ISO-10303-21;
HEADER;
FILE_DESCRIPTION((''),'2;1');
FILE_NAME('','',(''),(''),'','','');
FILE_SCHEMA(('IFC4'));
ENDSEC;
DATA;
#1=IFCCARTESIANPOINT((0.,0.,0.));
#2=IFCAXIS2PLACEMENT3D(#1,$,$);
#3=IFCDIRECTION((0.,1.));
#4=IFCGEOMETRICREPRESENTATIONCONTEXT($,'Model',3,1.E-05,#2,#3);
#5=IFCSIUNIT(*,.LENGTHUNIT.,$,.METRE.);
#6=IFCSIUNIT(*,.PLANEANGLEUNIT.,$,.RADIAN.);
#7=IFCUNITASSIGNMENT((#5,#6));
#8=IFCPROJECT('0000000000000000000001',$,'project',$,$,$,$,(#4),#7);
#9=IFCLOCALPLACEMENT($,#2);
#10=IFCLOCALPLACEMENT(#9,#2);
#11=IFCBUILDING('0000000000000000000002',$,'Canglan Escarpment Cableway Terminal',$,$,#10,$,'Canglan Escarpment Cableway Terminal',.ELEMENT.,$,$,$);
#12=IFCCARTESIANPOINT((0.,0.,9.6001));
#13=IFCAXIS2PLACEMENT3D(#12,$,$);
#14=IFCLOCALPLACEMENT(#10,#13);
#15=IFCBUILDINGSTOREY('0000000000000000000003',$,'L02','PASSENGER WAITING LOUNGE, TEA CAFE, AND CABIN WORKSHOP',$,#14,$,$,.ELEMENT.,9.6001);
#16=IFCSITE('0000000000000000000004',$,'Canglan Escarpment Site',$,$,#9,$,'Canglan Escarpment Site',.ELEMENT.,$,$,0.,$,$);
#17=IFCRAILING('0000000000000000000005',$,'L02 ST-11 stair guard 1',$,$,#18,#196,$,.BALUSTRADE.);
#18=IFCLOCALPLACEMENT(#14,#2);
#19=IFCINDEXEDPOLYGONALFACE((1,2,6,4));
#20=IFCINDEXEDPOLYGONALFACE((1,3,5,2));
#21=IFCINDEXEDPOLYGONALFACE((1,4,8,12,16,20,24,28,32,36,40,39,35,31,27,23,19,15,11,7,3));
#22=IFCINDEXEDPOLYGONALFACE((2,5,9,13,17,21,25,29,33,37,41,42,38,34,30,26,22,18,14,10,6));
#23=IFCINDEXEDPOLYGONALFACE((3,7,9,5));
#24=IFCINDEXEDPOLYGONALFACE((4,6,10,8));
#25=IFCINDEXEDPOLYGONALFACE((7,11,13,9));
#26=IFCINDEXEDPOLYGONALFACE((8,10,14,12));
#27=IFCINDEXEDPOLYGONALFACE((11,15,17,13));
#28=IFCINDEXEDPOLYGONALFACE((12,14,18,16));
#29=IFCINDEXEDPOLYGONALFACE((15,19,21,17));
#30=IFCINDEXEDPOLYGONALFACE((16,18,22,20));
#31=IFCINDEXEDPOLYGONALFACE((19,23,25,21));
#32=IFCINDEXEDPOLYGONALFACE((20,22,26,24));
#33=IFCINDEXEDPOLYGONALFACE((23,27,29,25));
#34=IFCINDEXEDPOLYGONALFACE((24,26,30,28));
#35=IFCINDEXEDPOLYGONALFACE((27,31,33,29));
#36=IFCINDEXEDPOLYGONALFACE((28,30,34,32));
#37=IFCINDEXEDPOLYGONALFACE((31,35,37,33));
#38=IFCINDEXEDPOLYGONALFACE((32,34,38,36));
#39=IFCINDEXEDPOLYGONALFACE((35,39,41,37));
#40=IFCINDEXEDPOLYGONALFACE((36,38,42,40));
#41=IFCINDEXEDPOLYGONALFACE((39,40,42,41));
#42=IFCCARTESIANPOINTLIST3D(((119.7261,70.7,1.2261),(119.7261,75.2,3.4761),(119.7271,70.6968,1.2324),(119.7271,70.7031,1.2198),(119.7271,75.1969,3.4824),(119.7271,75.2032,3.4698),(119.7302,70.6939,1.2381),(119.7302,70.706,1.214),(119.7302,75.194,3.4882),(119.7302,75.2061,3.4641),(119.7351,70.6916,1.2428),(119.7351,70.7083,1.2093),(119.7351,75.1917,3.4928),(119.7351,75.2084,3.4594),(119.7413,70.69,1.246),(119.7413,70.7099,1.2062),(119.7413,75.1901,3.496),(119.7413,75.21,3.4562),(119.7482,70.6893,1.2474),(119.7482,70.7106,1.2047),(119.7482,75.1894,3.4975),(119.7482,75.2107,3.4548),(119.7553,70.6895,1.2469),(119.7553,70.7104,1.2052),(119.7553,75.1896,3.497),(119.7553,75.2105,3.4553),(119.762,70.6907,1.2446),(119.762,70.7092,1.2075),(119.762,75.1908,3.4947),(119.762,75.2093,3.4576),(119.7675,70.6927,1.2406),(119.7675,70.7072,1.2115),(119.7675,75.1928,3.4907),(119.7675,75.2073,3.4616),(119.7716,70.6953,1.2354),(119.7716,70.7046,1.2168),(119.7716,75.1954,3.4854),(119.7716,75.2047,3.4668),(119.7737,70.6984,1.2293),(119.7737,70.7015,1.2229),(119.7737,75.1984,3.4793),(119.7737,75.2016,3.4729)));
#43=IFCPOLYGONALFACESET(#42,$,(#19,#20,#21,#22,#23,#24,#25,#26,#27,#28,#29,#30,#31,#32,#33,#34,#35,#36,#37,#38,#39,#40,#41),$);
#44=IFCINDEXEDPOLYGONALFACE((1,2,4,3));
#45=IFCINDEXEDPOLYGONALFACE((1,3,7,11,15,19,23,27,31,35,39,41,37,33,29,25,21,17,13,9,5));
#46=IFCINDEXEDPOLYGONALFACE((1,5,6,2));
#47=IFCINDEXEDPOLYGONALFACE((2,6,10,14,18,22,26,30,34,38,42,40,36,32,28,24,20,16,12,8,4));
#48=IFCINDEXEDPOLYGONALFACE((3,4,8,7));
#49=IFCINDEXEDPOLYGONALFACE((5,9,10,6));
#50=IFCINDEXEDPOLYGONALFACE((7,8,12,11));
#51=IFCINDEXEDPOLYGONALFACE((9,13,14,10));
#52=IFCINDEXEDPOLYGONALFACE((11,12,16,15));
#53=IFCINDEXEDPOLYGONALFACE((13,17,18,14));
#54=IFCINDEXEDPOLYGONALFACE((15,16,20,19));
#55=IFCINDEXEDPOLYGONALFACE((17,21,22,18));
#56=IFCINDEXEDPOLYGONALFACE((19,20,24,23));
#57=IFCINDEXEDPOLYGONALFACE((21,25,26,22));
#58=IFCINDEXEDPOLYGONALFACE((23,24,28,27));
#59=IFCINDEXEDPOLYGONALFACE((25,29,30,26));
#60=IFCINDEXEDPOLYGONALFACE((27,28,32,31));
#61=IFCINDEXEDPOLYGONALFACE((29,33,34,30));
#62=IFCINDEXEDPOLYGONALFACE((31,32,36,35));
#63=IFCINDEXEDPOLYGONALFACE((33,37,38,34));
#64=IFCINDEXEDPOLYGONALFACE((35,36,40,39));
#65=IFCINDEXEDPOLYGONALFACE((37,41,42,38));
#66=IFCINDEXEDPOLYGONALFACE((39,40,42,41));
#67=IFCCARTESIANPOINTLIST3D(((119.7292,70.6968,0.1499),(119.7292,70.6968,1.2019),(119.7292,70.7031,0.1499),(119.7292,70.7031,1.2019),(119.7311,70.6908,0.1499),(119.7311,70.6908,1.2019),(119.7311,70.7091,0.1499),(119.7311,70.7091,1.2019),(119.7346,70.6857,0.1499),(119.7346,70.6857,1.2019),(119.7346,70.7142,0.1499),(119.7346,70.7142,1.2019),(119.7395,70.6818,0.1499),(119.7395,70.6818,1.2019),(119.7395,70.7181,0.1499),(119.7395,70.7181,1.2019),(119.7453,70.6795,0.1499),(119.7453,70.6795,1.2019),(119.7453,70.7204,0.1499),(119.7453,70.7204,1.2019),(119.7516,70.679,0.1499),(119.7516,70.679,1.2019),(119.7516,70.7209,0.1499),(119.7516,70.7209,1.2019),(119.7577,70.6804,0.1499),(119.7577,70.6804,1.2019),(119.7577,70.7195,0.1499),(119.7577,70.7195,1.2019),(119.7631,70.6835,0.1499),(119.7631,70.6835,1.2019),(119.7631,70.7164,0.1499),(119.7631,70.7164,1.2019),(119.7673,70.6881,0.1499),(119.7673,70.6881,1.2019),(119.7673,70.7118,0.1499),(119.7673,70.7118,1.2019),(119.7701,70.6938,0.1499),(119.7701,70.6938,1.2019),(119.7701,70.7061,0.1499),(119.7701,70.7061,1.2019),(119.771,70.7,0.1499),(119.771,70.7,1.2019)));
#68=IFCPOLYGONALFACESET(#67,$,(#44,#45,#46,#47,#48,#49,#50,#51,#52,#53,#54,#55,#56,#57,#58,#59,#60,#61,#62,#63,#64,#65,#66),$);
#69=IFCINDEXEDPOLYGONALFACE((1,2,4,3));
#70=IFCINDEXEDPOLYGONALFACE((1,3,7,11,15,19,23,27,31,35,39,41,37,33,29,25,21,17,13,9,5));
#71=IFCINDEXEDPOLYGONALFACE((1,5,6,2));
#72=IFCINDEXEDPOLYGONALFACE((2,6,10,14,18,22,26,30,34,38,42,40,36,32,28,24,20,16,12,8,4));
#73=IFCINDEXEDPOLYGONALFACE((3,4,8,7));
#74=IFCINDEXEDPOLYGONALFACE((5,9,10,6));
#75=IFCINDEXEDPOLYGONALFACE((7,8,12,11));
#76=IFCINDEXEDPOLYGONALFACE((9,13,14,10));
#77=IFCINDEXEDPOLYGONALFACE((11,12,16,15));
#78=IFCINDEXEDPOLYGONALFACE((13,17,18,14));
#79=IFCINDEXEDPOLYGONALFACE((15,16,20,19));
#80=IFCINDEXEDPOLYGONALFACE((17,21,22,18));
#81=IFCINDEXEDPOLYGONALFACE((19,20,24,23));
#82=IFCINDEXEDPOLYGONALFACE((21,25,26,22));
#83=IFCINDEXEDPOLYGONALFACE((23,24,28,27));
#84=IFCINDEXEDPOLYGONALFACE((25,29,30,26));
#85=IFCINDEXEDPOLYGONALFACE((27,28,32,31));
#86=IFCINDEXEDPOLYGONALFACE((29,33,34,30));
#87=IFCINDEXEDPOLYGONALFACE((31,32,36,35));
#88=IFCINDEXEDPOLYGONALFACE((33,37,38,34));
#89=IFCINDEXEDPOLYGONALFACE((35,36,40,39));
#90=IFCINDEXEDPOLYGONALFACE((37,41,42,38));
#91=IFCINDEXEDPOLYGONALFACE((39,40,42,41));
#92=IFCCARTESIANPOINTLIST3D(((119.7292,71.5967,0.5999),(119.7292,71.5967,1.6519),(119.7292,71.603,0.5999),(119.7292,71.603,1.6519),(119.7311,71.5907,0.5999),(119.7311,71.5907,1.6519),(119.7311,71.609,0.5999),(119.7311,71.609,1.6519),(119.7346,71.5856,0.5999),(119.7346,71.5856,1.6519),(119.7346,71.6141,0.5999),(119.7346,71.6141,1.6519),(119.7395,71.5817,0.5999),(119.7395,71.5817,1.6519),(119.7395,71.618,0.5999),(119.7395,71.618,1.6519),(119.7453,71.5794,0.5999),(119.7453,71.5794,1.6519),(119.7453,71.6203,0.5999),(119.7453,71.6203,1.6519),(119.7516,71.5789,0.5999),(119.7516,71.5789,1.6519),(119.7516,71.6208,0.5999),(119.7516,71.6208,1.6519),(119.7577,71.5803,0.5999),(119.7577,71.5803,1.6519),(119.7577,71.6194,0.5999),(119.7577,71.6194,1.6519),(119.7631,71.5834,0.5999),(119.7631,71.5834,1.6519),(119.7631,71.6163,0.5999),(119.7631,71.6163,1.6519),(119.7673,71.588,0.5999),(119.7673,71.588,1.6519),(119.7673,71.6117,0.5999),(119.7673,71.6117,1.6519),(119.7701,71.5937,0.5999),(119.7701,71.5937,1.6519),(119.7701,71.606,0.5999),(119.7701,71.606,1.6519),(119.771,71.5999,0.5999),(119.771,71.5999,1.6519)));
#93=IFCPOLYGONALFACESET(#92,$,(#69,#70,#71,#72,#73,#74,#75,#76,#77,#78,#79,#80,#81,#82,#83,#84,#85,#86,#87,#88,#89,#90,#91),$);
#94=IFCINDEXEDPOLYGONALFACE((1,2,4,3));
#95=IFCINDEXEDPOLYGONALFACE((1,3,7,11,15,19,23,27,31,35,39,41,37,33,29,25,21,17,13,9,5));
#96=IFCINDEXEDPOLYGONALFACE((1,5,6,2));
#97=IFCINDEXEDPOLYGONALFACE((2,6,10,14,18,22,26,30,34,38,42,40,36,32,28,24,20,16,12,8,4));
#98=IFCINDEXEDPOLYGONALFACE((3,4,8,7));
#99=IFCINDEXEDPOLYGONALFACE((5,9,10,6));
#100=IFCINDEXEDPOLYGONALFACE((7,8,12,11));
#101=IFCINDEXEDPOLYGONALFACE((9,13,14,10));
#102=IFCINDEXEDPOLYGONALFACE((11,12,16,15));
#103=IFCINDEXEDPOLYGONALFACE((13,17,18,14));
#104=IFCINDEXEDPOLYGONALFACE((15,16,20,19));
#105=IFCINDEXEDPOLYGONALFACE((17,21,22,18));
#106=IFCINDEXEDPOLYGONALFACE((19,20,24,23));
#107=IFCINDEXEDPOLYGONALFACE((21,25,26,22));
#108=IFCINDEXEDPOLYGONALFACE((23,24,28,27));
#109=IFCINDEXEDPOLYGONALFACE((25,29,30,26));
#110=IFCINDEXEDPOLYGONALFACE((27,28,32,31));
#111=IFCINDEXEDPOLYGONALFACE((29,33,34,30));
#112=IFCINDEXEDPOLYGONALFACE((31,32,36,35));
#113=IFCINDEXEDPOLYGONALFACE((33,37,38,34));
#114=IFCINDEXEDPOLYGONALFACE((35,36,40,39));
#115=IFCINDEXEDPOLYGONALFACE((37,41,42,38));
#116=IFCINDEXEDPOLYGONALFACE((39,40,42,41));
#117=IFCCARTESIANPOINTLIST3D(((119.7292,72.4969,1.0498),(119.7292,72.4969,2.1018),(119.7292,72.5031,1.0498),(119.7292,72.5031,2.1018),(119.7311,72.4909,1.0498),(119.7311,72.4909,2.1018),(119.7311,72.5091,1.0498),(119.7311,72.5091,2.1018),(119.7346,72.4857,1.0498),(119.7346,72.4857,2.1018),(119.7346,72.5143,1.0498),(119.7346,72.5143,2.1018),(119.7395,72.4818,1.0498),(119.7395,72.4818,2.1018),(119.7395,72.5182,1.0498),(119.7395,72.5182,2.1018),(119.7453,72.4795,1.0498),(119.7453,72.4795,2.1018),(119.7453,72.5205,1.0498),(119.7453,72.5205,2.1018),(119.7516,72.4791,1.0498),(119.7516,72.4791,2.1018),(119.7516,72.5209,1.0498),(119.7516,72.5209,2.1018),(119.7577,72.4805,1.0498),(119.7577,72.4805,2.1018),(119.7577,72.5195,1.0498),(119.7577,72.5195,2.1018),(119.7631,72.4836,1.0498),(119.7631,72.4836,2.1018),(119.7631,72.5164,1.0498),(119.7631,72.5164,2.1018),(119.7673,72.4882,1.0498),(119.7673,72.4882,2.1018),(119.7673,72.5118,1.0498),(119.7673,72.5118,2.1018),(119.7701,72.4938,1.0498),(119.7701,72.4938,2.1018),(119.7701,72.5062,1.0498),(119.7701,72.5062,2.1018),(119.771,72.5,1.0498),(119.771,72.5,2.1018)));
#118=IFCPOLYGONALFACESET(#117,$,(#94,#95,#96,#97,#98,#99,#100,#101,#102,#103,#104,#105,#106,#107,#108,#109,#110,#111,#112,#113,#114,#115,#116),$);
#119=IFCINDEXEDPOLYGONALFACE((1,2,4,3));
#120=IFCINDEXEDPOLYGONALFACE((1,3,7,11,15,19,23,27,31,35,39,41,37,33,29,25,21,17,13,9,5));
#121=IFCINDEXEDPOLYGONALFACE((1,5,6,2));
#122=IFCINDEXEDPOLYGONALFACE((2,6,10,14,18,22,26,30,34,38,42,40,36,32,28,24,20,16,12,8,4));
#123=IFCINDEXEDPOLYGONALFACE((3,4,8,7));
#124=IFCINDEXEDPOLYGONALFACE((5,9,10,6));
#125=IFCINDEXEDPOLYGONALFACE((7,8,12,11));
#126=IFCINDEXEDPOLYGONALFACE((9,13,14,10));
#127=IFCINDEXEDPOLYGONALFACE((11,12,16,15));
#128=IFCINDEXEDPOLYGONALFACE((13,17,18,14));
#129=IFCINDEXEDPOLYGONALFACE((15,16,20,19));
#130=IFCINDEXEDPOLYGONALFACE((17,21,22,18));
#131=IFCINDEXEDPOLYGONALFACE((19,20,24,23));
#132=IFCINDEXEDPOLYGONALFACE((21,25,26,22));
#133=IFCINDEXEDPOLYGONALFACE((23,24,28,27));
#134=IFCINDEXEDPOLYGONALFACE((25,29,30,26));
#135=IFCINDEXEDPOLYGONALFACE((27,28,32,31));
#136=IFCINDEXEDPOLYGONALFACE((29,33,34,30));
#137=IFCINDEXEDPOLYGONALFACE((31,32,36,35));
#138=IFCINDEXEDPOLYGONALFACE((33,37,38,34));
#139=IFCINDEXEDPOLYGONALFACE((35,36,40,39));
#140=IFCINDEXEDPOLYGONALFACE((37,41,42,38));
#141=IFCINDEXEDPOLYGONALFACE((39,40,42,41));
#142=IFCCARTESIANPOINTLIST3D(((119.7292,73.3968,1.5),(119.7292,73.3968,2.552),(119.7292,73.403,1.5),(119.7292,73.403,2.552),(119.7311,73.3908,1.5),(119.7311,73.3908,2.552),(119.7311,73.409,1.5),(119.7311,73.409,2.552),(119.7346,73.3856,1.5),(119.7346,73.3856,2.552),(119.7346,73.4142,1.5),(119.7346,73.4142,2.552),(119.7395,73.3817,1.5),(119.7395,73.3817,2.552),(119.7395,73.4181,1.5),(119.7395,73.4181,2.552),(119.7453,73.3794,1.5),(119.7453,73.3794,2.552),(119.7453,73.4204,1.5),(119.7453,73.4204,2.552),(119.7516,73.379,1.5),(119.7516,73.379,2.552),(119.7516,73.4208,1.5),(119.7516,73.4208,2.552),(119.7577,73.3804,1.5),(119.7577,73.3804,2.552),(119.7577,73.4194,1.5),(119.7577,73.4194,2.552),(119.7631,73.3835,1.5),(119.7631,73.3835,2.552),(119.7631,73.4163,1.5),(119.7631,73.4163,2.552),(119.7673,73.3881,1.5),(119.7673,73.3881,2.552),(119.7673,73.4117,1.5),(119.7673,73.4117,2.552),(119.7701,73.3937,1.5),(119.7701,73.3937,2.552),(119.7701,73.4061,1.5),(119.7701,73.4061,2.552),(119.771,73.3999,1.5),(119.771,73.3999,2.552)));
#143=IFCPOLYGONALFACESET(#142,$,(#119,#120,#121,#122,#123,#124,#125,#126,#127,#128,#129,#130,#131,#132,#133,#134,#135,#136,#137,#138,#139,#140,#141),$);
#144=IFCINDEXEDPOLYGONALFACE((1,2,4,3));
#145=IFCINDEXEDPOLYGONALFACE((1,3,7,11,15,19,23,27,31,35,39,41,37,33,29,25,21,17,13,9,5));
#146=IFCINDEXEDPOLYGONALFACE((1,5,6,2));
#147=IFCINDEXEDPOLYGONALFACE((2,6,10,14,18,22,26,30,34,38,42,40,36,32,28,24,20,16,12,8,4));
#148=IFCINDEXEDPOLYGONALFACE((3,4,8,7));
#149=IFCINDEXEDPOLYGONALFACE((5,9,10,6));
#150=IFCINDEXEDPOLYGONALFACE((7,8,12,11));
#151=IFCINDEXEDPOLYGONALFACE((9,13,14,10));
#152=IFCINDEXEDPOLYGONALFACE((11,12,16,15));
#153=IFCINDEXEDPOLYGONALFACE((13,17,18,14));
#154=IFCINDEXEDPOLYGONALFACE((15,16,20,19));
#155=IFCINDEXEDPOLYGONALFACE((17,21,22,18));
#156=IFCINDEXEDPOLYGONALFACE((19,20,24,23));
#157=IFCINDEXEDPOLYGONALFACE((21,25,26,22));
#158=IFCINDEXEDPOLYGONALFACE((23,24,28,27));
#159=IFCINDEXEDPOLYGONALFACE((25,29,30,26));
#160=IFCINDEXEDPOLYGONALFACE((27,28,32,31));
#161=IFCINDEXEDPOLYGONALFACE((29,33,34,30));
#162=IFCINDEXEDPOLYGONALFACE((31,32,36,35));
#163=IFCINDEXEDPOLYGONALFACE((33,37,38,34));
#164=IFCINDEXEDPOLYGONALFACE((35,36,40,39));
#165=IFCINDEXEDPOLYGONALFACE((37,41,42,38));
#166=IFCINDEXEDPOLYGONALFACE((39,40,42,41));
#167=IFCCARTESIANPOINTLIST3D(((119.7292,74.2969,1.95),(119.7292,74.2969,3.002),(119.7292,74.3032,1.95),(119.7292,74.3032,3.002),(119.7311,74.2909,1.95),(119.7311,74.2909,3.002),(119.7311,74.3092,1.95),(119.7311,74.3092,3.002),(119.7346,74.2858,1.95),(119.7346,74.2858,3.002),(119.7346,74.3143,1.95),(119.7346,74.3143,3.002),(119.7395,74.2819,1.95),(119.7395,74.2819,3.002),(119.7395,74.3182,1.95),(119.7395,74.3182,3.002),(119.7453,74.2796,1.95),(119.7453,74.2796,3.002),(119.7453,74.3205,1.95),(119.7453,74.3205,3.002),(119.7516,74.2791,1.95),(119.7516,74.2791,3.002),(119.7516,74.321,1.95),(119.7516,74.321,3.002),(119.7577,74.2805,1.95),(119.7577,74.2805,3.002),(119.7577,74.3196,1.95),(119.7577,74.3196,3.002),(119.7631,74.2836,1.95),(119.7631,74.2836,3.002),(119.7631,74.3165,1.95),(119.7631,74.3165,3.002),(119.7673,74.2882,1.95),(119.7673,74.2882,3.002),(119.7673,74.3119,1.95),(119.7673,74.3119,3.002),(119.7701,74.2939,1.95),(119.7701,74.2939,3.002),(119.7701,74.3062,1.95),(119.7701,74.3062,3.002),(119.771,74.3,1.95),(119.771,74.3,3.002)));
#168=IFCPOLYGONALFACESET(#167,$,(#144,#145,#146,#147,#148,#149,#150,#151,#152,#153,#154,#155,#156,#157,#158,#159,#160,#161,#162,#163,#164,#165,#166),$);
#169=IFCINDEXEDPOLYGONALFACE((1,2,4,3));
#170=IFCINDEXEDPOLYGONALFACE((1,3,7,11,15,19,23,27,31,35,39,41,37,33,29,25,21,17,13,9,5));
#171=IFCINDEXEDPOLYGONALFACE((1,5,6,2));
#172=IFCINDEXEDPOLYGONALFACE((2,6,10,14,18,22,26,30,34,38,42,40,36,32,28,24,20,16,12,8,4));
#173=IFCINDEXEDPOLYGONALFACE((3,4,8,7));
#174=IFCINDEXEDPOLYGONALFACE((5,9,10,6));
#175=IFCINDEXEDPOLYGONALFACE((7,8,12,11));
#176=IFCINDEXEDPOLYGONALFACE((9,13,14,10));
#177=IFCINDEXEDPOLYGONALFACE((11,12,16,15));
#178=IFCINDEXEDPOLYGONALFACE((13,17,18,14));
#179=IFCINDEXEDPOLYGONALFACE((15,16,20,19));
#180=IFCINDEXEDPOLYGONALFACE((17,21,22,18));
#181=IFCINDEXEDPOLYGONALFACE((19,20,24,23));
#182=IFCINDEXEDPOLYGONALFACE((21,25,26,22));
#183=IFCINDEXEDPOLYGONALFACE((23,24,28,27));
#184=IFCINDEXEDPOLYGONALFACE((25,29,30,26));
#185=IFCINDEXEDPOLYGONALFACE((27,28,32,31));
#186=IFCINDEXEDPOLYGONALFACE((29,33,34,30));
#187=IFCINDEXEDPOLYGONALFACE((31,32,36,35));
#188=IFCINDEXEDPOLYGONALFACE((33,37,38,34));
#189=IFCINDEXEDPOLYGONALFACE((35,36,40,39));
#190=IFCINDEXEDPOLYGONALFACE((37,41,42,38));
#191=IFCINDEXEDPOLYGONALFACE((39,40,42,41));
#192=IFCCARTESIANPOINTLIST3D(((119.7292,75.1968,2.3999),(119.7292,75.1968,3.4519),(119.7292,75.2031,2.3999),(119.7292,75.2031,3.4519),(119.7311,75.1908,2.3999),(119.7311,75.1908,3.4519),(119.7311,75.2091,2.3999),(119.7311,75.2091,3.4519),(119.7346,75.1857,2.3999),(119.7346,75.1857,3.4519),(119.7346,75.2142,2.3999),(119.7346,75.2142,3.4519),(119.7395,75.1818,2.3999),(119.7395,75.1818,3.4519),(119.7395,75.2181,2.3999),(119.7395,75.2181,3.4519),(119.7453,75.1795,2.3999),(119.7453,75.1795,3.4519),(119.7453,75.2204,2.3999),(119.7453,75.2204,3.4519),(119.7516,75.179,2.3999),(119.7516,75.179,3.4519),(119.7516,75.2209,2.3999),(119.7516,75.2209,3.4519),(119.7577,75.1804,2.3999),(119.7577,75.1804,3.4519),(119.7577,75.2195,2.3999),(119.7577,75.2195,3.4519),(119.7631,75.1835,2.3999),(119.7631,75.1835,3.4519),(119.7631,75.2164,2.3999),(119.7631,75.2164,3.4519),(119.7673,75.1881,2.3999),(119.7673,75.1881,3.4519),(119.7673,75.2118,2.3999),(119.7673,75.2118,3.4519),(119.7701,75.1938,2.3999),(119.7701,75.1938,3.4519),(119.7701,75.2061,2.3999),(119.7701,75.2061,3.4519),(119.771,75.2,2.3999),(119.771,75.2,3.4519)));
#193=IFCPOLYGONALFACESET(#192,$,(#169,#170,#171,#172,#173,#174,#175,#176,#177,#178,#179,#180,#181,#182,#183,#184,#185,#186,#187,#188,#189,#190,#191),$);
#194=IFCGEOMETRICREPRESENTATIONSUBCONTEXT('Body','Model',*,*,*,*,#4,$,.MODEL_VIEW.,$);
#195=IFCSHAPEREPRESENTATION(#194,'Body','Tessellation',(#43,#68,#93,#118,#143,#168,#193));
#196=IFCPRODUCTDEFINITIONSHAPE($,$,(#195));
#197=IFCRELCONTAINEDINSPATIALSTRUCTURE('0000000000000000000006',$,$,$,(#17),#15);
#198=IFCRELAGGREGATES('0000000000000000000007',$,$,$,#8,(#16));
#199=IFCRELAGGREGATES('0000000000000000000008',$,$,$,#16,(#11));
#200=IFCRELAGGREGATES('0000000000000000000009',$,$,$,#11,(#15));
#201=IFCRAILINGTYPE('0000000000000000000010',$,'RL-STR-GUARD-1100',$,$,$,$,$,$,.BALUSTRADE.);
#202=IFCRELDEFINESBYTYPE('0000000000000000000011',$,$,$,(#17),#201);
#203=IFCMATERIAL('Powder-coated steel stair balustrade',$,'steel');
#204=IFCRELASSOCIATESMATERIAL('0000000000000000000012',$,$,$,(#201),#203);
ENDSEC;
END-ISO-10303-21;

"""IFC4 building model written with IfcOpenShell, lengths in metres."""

from ifc_helpers import new_model, si_unit, direction, frame, origin, origin_2d, place, context, subcontext, project, spatial, circle, extrude, material, type_object, element, save


model = new_model("IFC4")

# Units and contexts
model_context = context("Model", 3, precision=1e-05, world=origin(), true_north=direction((0.0, 1.0)))
body_context = subcontext(model_context, "Body", "Model", "MODEL_VIEW")
ifc_project = project(units=[si_unit("LENGTHUNIT", "METRE"), si_unit("PLANEANGLEUNIT", "RADIAN")], contexts=[model_context])

# Site, building, storey
site_placement = place(None, origin())
site = spatial("IfcSite", under=ifc_project, at=site_placement, Name="Canglan Escarpment Site", LongName="Canglan Escarpment Site", CompositionType="ELEMENT", RefElevation=0.0)
building_placement = place(site_placement, origin())
building = spatial("IfcBuilding", under=site, at=building_placement, Name="Canglan Escarpment Cableway Terminal", LongName="Canglan Escarpment Cableway Terminal", CompositionType="ELEMENT")
storey_placement = place(building_placement, frame((0.0, 0.0, 9.6001)))
storey = spatial("IfcBuildingStorey", under=building, at=storey_placement, Name="L02", Description="PASSENGER WAITING LOUNGE, TEA CAFE, AND CABIN WORKSHOP", CompositionType="ELEMENT", Elevation=9.6001)

# Railing
ifc_material_1 = material(Name="Powder-coated steel stair balustrade", Category="steel")
railing_type_1 = type_object("IfcRailingType", Name="RL-STR-GUARD-1100", PredefinedType="BALUSTRADE", material=ifc_material_1)
railing_1_placement = place(storey_placement, frame((119.75, 70.7, 0.1499)))
element("IfcRailing", 1, at=railing_1_placement, inside=storey, type_object=railing_type_1, Name="L02 ST-11 stair guard 1", PredefinedType="BALUSTRADE", context=body_context, shape_type="SweptSolid", body=[
    extrude(circle(Radius=0.0239, at=origin_2d()), frame((0.0, 0.0, 1.0762), z_axis=(0.0, 0.894427, 0.447214), x_axis=(-1.0, 0.0, 0.0)), (0.0, 0.0, 1.0), 5.0312),
    extrude(circle(Radius=0.021, at=origin_2d()), origin(), (0.0, 0.0, 1.0), 1.052),
    extrude(circle(Radius=0.021, at=origin_2d()), frame((0.0, 0.8999, 0.45)), (0.0, 0.0, 1.0), 1.052),
    extrude(circle(Radius=0.021, at=origin_2d()), frame((0.0, 1.8, 0.8999)), (0.0, 0.0, 1.0), 1.052),
    extrude(circle(Radius=0.021, at=origin_2d()), frame((0.0, 2.7, 1.3501)), (0.0, 0.0, 1.0), 1.052),
    extrude(circle(Radius=0.021, at=origin_2d()), frame((0.0, 3.6001, 1.8)), (0.0, 0.0, 1.0), 1.052),
    extrude(circle(Radius=0.021, at=origin_2d()), frame((0.0, 4.5, 2.25)), (0.0, 0.0, 1.0), 1.052),
])

save(model, "model.ifc")
